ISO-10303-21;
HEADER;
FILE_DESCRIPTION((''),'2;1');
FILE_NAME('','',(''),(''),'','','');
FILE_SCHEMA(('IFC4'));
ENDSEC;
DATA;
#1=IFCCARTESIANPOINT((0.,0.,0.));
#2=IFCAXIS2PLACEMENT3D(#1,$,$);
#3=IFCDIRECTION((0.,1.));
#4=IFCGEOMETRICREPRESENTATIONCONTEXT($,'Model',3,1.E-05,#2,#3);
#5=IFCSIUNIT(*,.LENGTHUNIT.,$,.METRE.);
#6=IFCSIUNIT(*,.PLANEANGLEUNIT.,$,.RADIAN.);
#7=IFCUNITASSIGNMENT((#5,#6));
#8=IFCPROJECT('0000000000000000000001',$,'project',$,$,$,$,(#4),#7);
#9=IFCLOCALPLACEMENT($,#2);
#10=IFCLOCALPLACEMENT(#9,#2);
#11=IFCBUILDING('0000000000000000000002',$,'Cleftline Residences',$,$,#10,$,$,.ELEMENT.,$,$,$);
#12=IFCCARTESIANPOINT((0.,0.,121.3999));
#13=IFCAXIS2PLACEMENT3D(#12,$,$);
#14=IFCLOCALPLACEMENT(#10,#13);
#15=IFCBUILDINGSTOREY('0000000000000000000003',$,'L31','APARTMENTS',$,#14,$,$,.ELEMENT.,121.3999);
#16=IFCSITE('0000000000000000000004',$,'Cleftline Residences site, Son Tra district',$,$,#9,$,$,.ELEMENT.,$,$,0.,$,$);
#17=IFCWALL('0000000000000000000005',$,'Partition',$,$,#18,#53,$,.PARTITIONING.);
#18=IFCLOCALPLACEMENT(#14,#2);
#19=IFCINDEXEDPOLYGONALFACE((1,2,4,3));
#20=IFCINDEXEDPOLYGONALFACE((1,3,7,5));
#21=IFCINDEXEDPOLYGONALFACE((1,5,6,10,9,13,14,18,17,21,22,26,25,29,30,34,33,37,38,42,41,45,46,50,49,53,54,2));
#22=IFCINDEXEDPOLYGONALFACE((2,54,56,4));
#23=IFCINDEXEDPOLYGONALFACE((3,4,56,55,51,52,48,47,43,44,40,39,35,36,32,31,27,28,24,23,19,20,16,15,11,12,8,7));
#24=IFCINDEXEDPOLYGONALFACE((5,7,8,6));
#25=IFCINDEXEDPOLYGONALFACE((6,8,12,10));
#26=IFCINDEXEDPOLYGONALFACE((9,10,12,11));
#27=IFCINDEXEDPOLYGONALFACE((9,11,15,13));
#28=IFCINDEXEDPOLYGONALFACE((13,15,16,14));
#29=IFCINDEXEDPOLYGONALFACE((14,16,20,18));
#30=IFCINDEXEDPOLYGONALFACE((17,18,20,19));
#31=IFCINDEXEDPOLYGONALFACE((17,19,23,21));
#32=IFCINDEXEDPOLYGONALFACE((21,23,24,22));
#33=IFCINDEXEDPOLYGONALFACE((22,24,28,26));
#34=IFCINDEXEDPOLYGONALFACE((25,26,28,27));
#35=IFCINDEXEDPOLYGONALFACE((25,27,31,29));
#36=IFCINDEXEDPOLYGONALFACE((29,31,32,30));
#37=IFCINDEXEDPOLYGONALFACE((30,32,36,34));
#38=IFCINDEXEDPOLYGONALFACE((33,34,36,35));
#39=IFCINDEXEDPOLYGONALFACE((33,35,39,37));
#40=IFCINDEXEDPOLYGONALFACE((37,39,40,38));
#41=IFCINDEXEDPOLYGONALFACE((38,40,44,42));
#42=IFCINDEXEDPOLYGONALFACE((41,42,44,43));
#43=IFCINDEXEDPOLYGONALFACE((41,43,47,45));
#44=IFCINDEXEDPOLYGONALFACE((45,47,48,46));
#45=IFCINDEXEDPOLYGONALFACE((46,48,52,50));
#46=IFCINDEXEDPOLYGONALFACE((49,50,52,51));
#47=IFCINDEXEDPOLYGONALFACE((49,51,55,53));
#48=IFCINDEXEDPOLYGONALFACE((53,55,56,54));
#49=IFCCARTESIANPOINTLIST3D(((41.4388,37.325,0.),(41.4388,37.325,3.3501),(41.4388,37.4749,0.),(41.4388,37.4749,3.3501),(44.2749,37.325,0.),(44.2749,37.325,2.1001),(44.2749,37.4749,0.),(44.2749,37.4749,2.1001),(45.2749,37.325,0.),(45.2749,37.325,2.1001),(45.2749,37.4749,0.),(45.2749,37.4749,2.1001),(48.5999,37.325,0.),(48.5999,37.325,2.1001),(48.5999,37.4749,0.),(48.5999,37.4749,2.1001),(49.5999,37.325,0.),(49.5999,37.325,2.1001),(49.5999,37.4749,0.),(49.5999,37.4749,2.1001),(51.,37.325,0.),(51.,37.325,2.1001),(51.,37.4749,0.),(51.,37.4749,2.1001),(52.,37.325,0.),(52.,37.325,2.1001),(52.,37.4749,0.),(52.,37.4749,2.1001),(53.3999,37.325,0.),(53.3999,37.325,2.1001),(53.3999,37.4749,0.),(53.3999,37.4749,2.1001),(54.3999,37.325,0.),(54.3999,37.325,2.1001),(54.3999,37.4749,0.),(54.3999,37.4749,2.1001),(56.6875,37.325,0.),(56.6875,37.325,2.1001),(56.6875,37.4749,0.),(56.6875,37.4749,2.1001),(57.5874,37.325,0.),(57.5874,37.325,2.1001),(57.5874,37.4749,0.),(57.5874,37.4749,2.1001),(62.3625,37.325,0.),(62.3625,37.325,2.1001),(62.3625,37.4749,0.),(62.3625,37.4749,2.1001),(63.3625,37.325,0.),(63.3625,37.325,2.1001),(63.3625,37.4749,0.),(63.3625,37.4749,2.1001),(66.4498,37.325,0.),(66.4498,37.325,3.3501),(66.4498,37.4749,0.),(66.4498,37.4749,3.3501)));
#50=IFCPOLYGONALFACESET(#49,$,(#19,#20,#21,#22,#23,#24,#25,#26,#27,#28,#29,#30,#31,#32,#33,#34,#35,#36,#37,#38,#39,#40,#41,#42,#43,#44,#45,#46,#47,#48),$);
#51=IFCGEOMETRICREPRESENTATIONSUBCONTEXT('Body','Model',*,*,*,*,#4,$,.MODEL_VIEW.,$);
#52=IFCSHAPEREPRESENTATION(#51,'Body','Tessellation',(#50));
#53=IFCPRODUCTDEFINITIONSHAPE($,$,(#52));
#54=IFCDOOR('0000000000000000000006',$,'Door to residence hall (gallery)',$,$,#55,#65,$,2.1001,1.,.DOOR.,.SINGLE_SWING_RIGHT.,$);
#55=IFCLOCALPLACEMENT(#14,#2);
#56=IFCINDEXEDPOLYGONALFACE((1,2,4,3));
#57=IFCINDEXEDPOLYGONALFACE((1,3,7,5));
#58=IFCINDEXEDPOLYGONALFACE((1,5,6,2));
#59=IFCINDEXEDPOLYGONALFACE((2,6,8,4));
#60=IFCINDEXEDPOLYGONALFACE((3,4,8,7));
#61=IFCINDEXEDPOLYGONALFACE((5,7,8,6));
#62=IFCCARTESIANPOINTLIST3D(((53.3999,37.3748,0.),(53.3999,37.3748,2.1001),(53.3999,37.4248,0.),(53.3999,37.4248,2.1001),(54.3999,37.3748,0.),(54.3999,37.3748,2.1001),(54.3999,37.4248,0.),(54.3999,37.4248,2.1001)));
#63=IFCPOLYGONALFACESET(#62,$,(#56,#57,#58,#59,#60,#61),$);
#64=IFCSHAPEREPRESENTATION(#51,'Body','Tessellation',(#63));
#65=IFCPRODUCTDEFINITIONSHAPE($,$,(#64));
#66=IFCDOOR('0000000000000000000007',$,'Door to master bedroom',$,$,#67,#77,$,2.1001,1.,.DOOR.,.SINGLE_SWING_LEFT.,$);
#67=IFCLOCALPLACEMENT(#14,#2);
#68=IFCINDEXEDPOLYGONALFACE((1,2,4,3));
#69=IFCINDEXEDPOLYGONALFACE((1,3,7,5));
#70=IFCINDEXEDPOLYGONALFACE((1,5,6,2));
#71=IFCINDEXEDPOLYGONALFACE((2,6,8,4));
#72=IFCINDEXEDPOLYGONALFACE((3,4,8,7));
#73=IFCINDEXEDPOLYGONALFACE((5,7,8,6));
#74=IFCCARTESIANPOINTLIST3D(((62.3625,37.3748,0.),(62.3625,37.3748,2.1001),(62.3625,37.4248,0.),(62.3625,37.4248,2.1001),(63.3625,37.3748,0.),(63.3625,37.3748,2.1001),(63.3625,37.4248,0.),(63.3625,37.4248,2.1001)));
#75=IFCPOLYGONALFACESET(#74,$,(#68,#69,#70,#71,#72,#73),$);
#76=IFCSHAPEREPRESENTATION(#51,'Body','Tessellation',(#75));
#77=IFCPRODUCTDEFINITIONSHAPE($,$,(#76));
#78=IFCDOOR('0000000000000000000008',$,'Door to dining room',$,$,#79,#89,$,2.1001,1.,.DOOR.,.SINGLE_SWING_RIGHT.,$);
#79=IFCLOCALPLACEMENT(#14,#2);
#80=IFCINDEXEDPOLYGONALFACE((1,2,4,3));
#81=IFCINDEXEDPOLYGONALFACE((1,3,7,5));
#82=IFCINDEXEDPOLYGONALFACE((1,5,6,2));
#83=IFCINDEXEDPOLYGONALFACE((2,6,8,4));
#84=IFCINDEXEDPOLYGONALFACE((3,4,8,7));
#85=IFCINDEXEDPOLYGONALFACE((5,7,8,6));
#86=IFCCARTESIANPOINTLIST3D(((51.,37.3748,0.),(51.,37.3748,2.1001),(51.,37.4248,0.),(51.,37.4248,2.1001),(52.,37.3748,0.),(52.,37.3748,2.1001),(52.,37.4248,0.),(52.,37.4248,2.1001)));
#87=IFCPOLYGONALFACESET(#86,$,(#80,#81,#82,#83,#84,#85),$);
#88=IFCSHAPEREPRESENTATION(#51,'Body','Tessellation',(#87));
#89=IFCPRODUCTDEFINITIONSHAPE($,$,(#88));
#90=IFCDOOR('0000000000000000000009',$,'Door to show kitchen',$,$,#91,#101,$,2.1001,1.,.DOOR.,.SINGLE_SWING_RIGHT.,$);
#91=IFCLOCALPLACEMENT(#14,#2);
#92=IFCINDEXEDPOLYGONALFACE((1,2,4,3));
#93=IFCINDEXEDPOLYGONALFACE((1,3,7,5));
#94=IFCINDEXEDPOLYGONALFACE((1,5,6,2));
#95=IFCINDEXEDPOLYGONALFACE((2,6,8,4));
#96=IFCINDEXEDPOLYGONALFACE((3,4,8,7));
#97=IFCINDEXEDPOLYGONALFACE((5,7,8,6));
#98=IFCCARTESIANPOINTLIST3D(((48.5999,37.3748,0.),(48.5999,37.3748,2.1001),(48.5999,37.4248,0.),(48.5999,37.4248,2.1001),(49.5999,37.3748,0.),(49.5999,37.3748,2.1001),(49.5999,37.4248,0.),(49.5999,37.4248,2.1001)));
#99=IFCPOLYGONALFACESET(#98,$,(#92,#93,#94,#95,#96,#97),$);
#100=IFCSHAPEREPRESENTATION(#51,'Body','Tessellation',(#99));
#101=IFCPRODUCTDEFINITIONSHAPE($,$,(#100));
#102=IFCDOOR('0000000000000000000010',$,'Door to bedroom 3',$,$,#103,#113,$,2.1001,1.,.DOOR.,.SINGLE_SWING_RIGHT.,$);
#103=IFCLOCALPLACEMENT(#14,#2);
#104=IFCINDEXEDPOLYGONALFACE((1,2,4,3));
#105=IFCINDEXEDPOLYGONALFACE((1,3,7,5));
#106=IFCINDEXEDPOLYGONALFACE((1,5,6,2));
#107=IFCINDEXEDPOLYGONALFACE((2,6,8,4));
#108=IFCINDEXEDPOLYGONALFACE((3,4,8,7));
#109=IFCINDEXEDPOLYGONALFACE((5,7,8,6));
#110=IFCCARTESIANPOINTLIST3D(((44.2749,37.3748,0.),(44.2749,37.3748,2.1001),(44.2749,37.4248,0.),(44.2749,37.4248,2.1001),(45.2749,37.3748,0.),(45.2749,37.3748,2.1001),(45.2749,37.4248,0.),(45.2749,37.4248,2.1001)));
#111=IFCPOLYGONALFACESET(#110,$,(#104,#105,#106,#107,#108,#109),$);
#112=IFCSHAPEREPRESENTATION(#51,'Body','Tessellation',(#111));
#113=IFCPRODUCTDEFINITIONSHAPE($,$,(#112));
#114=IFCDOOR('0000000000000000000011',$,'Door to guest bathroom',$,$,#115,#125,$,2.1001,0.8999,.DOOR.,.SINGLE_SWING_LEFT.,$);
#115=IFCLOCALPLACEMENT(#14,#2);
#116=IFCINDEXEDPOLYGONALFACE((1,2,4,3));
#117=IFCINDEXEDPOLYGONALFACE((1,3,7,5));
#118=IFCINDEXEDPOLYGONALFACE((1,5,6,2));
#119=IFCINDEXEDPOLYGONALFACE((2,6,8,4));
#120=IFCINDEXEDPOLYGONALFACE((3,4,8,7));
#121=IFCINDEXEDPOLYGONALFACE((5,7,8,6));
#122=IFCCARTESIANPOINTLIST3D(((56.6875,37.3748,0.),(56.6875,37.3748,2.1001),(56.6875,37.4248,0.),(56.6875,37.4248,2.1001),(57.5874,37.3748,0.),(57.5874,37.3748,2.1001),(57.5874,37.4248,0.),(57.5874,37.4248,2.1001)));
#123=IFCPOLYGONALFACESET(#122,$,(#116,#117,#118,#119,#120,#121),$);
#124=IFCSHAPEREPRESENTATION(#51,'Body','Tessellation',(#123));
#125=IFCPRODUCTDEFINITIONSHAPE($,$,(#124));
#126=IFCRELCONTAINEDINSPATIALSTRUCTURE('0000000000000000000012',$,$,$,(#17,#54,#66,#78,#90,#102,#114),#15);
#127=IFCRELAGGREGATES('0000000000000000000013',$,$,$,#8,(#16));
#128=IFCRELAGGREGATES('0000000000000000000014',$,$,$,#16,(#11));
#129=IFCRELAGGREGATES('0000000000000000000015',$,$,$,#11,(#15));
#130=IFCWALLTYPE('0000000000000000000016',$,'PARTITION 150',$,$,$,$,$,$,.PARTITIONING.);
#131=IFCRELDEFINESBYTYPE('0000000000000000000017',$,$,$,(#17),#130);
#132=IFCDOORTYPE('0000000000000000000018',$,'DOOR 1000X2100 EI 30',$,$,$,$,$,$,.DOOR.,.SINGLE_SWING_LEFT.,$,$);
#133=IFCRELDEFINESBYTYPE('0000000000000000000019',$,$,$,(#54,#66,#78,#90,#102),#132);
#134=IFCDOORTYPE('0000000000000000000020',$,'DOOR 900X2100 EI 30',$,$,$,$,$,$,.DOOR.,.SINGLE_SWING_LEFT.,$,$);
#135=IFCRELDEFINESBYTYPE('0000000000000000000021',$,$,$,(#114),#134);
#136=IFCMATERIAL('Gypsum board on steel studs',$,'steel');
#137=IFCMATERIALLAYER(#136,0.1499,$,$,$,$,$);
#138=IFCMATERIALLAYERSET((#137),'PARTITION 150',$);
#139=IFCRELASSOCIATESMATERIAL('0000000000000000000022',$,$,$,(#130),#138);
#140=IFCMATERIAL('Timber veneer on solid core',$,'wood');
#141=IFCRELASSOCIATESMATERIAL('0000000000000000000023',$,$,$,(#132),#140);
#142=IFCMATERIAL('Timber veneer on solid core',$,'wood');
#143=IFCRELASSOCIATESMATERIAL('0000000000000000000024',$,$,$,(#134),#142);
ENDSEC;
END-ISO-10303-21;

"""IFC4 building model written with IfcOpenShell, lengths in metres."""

from ifc_helpers import new_model, si_unit, direction, frame, frame_2d, origin, place, context, subcontext, project, spatial, rectangle, extrude, material, layer, layer_set, type_object, element, fill, save


model = new_model("IFC4")

# Units and contexts
model_context = context("Model", 3, precision=1e-05, world=origin(), true_north=direction((0.0, 1.0)))
body_context = subcontext(model_context, "Body", "Model", "MODEL_VIEW")
ifc_project = project(units=[si_unit("LENGTHUNIT", "METRE"), si_unit("PLANEANGLEUNIT", "RADIAN")], contexts=[model_context])

# Site, building, storey
site_placement = place(None, origin())
site = spatial("IfcSite", under=ifc_project, at=site_placement, Name="Cleftline Residences site, Son Tra district", CompositionType="ELEMENT", RefElevation=0.0)
building_placement = place(site_placement, origin())
building = spatial("IfcBuilding", under=site, at=building_placement, Name="Cleftline Residences", CompositionType="ELEMENT")
storey_placement = place(building_placement, frame((0.0, 0.0, 121.3999)))
storey = spatial("IfcBuildingStorey", under=building, at=storey_placement, Name="L31", Description="APARTMENTS", CompositionType="ELEMENT", Elevation=121.3999)

# Wall, openings, doors
ifc_material_1 = material(Name="Gypsum board on steel studs", Category="steel")
ifc_layer_1 = layer(ifc_material_1, 0.1499)
ifc_layer_set_1 = layer_set([ifc_layer_1], Name="PARTITION 150")
wall_type = type_object("IfcWallType", Name="PARTITION 150", PredefinedType="PARTITIONING", material=ifc_layer_set_1)
wall_1_placement = place(storey_placement, frame((41.439, 37.3999, 0.0), z_axis=(0.0, 0.0, 1.0), x_axis=(1.0, 0.0, 0.0)))
wall_1 = element("IfcWall", 1, at=wall_1_placement, inside=storey, type_object=wall_type, Name="Partition", PredefinedType="PARTITIONING", context=body_context, shape_type="SweptSolid", body=[
    extrude(rectangle(XDim=25.011, YDim=0.1499, at=frame_2d((12.5054, 0.0))), origin(), (0.0, 0.0, 1.0), 3.3501),
])
opening_1_placement = place(wall_1_placement, frame((11.9609, 0.0, 0.0)))
opening_1 = element("IfcOpeningElement", 2, at=opening_1_placement, cuts=wall_1, PredefinedType="OPENING", context=body_context, shape_type="SweptSolid", body=[
    extrude(rectangle(XDim=1.0, YDim=2.1001, at=frame_2d((0.5, 1.05))), frame((0.0, 0.085, 0.0), z_axis=(0.0, -1.0, 0.0), x_axis=(1.0, 0.0, 0.0)), (0.0, 0.0, 1.0), 0.1699),
])
opening_2_placement = place(wall_1_placement, frame((20.9236, 0.0, 0.0)))
opening_2 = element("IfcOpeningElement", 3, at=opening_2_placement, cuts=wall_1, PredefinedType="OPENING", context=body_context, shape_type="SweptSolid", body=[
    extrude(rectangle(XDim=1.0, YDim=2.1001, at=frame_2d((0.5, 1.05))), frame((0.0, 0.085, 0.0), z_axis=(0.0, -1.0, 0.0), x_axis=(1.0, 0.0, 0.0)), (0.0, 0.0, 1.0), 0.1699),
])
opening_3_placement = place(wall_1_placement, frame((15.2485, 0.0, 0.0)))
opening_3 = element("IfcOpeningElement", 4, at=opening_3_placement, cuts=wall_1, PredefinedType="OPENING", context=body_context, shape_type="SweptSolid", body=[
    extrude(rectangle(XDim=0.8999, YDim=2.1001, at=frame_2d((0.45, 1.05))), frame((0.0, 0.085, 0.0), z_axis=(0.0, -1.0, 0.0), x_axis=(1.0, 0.0, 0.0)), (0.0, 0.0, 1.0), 0.1699),
])
opening_4_placement = place(wall_1_placement, frame((9.561, 0.0, 0.0)))
opening_4 = element("IfcOpeningElement", 5, at=opening_4_placement, cuts=wall_1, PredefinedType="OPENING", context=body_context, shape_type="SweptSolid", body=[
    extrude(rectangle(XDim=1.0, YDim=2.1001, at=frame_2d((0.5, 1.05))), frame((0.0, 0.085, 0.0), z_axis=(0.0, -1.0, 0.0), x_axis=(1.0, 0.0, 0.0)), (0.0, 0.0, 1.0), 0.1699),
])
opening_5_placement = place(wall_1_placement, frame((7.1609, 0.0, 0.0)))
opening_5 = element("IfcOpeningElement", 6, at=opening_5_placement, cuts=wall_1, PredefinedType="OPENING", context=body_context, shape_type="SweptSolid", body=[
    extrude(rectangle(XDim=1.0, YDim=2.1001, at=frame_2d((0.5, 1.05))), frame((0.0, 0.085, 0.0), z_axis=(0.0, -1.0, 0.0), x_axis=(1.0, 0.0, 0.0)), (0.0, 0.0, 1.0), 0.1699),
])
opening_6_placement = place(wall_1_placement, frame((2.8359, 0.0, 0.0)))
opening_6 = element("IfcOpeningElement", 7, at=opening_6_placement, cuts=wall_1, PredefinedType="OPENING", context=body_context, shape_type="SweptSolid", body=[
    extrude(rectangle(XDim=1.0, YDim=2.1001, at=frame_2d((0.5, 1.05))), frame((0.0, 0.085, 0.0), z_axis=(0.0, -1.0, 0.0), x_axis=(1.0, 0.0, 0.0)), (0.0, 0.0, 1.0), 0.1699),
])
ifc_material_2 = material(Name="Timber veneer on solid core", Category="wood")
door_type_1 = type_object("IfcDoorType", Name="DOOR 1000X2100 EI 30", OperationType="SINGLE_SWING_LEFT", PredefinedType="DOOR", material=ifc_material_2)
door_1_placement = place(opening_1_placement, origin())
door_1 = element("IfcDoor", 8, at=door_1_placement, inside=storey, type_object=door_type_1, Name="Door to residence hall (gallery)", OperationType="SINGLE_SWING_RIGHT", OverallHeight=2.1001, OverallWidth=1.0, PredefinedType="DOOR", context=body_context, shape_type="SweptSolid", body=[
    extrude(rectangle(XDim=1.0, YDim=2.1001, at=frame_2d((0.5, 1.05))), frame((0.0, 0.0249, 0.0), z_axis=(0.0, -1.0, 0.0), x_axis=(1.0, 0.0, 0.0)), (0.0, 0.0, 1.0), 0.05),
])
fill(opening_1, door_1)
door_2_placement = place(opening_2_placement, origin())
door_2 = element("IfcDoor", 9, at=door_2_placement, inside=storey, type_object=door_type_1, Name="Door to master bedroom", OperationType="SINGLE_SWING_LEFT", OverallHeight=2.1001, OverallWidth=1.0, PredefinedType="DOOR", context=body_context, shape_type="SweptSolid", body=[
    extrude(rectangle(XDim=1.0, YDim=2.1001, at=frame_2d((0.5, 1.05))), frame((0.0, 0.0249, 0.0), z_axis=(0.0, -1.0, 0.0), x_axis=(1.0, 0.0, 0.0)), (0.0, 0.0, 1.0), 0.05),
])
fill(opening_2, door_2)
door_3_placement = place(opening_4_placement, origin())
door_3 = element("IfcDoor", 10, at=door_3_placement, inside=storey, type_object=door_type_1, Name="Door to dining room", OperationType="SINGLE_SWING_RIGHT", OverallHeight=2.1001, OverallWidth=1.0, PredefinedType="DOOR", context=body_context, shape_type="SweptSolid", body=[
    extrude(rectangle(XDim=1.0, YDim=2.1001, at=frame_2d((0.5, 1.05))), frame((0.0, 0.0249, 0.0), z_axis=(0.0, -1.0, 0.0), x_axis=(1.0, 0.0, 0.0)), (0.0, 0.0, 1.0), 0.05),
])
fill(opening_4, door_3)
door_4_placement = place(opening_5_placement, origin())
door_4 = element("IfcDoor", 11, at=door_4_placement, inside=storey, type_object=door_type_1, Name="Door to show kitchen", OperationType="SINGLE_SWING_RIGHT", OverallHeight=2.1001, OverallWidth=1.0, PredefinedType="DOOR", context=body_context, shape_type="SweptSolid", body=[
    extrude(rectangle(XDim=1.0, YDim=2.1001, at=frame_2d((0.5, 1.05))), frame((0.0, 0.0249, 0.0), z_axis=(0.0, -1.0, 0.0), x_axis=(1.0, 0.0, 0.0)), (0.0, 0.0, 1.0), 0.05),
])
fill(opening_5, door_4)
door_5_placement = place(opening_6_placement, origin())
door_5 = element("IfcDoor", 12, at=door_5_placement, inside=storey, type_object=door_type_1, Name="Door to bedroom 3", OperationType="SINGLE_SWING_RIGHT", OverallHeight=2.1001, OverallWidth=1.0, PredefinedType="DOOR", context=body_context, shape_type="SweptSolid", body=[
    extrude(rectangle(XDim=1.0, YDim=2.1001, at=frame_2d((0.5, 1.05))), frame((0.0, 0.0249, 0.0), z_axis=(0.0, -1.0, 0.0), x_axis=(1.0, 0.0, 0.0)), (0.0, 0.0, 1.0), 0.05),
])
fill(opening_6, door_5)
ifc_material_3 = material(Name="Timber veneer on solid core", Category="wood")
door_type_2 = type_object("IfcDoorType", Name="DOOR 900X2100 EI 30", OperationType="SINGLE_SWING_LEFT", PredefinedType="DOOR", material=ifc_material_3)
door_6_placement = place(opening_3_placement, origin())
door_6 = element("IfcDoor", 13, at=door_6_placement, inside=storey, type_object=door_type_2, Name="Door to guest bathroom", OperationType="SINGLE_SWING_LEFT", OverallHeight=2.1001, OverallWidth=0.8999, PredefinedType="DOOR", context=body_context, shape_type="SweptSolid", body=[
    extrude(rectangle(XDim=0.8999, YDim=2.1001, at=frame_2d((0.45, 1.05))), frame((0.0, 0.0249, 0.0), z_axis=(0.0, -1.0, 0.0), x_axis=(1.0, 0.0, 0.0)), (0.0, 0.0, 1.0), 0.05),
])
fill(opening_3, door_6)

save(model, "model.ifc")
